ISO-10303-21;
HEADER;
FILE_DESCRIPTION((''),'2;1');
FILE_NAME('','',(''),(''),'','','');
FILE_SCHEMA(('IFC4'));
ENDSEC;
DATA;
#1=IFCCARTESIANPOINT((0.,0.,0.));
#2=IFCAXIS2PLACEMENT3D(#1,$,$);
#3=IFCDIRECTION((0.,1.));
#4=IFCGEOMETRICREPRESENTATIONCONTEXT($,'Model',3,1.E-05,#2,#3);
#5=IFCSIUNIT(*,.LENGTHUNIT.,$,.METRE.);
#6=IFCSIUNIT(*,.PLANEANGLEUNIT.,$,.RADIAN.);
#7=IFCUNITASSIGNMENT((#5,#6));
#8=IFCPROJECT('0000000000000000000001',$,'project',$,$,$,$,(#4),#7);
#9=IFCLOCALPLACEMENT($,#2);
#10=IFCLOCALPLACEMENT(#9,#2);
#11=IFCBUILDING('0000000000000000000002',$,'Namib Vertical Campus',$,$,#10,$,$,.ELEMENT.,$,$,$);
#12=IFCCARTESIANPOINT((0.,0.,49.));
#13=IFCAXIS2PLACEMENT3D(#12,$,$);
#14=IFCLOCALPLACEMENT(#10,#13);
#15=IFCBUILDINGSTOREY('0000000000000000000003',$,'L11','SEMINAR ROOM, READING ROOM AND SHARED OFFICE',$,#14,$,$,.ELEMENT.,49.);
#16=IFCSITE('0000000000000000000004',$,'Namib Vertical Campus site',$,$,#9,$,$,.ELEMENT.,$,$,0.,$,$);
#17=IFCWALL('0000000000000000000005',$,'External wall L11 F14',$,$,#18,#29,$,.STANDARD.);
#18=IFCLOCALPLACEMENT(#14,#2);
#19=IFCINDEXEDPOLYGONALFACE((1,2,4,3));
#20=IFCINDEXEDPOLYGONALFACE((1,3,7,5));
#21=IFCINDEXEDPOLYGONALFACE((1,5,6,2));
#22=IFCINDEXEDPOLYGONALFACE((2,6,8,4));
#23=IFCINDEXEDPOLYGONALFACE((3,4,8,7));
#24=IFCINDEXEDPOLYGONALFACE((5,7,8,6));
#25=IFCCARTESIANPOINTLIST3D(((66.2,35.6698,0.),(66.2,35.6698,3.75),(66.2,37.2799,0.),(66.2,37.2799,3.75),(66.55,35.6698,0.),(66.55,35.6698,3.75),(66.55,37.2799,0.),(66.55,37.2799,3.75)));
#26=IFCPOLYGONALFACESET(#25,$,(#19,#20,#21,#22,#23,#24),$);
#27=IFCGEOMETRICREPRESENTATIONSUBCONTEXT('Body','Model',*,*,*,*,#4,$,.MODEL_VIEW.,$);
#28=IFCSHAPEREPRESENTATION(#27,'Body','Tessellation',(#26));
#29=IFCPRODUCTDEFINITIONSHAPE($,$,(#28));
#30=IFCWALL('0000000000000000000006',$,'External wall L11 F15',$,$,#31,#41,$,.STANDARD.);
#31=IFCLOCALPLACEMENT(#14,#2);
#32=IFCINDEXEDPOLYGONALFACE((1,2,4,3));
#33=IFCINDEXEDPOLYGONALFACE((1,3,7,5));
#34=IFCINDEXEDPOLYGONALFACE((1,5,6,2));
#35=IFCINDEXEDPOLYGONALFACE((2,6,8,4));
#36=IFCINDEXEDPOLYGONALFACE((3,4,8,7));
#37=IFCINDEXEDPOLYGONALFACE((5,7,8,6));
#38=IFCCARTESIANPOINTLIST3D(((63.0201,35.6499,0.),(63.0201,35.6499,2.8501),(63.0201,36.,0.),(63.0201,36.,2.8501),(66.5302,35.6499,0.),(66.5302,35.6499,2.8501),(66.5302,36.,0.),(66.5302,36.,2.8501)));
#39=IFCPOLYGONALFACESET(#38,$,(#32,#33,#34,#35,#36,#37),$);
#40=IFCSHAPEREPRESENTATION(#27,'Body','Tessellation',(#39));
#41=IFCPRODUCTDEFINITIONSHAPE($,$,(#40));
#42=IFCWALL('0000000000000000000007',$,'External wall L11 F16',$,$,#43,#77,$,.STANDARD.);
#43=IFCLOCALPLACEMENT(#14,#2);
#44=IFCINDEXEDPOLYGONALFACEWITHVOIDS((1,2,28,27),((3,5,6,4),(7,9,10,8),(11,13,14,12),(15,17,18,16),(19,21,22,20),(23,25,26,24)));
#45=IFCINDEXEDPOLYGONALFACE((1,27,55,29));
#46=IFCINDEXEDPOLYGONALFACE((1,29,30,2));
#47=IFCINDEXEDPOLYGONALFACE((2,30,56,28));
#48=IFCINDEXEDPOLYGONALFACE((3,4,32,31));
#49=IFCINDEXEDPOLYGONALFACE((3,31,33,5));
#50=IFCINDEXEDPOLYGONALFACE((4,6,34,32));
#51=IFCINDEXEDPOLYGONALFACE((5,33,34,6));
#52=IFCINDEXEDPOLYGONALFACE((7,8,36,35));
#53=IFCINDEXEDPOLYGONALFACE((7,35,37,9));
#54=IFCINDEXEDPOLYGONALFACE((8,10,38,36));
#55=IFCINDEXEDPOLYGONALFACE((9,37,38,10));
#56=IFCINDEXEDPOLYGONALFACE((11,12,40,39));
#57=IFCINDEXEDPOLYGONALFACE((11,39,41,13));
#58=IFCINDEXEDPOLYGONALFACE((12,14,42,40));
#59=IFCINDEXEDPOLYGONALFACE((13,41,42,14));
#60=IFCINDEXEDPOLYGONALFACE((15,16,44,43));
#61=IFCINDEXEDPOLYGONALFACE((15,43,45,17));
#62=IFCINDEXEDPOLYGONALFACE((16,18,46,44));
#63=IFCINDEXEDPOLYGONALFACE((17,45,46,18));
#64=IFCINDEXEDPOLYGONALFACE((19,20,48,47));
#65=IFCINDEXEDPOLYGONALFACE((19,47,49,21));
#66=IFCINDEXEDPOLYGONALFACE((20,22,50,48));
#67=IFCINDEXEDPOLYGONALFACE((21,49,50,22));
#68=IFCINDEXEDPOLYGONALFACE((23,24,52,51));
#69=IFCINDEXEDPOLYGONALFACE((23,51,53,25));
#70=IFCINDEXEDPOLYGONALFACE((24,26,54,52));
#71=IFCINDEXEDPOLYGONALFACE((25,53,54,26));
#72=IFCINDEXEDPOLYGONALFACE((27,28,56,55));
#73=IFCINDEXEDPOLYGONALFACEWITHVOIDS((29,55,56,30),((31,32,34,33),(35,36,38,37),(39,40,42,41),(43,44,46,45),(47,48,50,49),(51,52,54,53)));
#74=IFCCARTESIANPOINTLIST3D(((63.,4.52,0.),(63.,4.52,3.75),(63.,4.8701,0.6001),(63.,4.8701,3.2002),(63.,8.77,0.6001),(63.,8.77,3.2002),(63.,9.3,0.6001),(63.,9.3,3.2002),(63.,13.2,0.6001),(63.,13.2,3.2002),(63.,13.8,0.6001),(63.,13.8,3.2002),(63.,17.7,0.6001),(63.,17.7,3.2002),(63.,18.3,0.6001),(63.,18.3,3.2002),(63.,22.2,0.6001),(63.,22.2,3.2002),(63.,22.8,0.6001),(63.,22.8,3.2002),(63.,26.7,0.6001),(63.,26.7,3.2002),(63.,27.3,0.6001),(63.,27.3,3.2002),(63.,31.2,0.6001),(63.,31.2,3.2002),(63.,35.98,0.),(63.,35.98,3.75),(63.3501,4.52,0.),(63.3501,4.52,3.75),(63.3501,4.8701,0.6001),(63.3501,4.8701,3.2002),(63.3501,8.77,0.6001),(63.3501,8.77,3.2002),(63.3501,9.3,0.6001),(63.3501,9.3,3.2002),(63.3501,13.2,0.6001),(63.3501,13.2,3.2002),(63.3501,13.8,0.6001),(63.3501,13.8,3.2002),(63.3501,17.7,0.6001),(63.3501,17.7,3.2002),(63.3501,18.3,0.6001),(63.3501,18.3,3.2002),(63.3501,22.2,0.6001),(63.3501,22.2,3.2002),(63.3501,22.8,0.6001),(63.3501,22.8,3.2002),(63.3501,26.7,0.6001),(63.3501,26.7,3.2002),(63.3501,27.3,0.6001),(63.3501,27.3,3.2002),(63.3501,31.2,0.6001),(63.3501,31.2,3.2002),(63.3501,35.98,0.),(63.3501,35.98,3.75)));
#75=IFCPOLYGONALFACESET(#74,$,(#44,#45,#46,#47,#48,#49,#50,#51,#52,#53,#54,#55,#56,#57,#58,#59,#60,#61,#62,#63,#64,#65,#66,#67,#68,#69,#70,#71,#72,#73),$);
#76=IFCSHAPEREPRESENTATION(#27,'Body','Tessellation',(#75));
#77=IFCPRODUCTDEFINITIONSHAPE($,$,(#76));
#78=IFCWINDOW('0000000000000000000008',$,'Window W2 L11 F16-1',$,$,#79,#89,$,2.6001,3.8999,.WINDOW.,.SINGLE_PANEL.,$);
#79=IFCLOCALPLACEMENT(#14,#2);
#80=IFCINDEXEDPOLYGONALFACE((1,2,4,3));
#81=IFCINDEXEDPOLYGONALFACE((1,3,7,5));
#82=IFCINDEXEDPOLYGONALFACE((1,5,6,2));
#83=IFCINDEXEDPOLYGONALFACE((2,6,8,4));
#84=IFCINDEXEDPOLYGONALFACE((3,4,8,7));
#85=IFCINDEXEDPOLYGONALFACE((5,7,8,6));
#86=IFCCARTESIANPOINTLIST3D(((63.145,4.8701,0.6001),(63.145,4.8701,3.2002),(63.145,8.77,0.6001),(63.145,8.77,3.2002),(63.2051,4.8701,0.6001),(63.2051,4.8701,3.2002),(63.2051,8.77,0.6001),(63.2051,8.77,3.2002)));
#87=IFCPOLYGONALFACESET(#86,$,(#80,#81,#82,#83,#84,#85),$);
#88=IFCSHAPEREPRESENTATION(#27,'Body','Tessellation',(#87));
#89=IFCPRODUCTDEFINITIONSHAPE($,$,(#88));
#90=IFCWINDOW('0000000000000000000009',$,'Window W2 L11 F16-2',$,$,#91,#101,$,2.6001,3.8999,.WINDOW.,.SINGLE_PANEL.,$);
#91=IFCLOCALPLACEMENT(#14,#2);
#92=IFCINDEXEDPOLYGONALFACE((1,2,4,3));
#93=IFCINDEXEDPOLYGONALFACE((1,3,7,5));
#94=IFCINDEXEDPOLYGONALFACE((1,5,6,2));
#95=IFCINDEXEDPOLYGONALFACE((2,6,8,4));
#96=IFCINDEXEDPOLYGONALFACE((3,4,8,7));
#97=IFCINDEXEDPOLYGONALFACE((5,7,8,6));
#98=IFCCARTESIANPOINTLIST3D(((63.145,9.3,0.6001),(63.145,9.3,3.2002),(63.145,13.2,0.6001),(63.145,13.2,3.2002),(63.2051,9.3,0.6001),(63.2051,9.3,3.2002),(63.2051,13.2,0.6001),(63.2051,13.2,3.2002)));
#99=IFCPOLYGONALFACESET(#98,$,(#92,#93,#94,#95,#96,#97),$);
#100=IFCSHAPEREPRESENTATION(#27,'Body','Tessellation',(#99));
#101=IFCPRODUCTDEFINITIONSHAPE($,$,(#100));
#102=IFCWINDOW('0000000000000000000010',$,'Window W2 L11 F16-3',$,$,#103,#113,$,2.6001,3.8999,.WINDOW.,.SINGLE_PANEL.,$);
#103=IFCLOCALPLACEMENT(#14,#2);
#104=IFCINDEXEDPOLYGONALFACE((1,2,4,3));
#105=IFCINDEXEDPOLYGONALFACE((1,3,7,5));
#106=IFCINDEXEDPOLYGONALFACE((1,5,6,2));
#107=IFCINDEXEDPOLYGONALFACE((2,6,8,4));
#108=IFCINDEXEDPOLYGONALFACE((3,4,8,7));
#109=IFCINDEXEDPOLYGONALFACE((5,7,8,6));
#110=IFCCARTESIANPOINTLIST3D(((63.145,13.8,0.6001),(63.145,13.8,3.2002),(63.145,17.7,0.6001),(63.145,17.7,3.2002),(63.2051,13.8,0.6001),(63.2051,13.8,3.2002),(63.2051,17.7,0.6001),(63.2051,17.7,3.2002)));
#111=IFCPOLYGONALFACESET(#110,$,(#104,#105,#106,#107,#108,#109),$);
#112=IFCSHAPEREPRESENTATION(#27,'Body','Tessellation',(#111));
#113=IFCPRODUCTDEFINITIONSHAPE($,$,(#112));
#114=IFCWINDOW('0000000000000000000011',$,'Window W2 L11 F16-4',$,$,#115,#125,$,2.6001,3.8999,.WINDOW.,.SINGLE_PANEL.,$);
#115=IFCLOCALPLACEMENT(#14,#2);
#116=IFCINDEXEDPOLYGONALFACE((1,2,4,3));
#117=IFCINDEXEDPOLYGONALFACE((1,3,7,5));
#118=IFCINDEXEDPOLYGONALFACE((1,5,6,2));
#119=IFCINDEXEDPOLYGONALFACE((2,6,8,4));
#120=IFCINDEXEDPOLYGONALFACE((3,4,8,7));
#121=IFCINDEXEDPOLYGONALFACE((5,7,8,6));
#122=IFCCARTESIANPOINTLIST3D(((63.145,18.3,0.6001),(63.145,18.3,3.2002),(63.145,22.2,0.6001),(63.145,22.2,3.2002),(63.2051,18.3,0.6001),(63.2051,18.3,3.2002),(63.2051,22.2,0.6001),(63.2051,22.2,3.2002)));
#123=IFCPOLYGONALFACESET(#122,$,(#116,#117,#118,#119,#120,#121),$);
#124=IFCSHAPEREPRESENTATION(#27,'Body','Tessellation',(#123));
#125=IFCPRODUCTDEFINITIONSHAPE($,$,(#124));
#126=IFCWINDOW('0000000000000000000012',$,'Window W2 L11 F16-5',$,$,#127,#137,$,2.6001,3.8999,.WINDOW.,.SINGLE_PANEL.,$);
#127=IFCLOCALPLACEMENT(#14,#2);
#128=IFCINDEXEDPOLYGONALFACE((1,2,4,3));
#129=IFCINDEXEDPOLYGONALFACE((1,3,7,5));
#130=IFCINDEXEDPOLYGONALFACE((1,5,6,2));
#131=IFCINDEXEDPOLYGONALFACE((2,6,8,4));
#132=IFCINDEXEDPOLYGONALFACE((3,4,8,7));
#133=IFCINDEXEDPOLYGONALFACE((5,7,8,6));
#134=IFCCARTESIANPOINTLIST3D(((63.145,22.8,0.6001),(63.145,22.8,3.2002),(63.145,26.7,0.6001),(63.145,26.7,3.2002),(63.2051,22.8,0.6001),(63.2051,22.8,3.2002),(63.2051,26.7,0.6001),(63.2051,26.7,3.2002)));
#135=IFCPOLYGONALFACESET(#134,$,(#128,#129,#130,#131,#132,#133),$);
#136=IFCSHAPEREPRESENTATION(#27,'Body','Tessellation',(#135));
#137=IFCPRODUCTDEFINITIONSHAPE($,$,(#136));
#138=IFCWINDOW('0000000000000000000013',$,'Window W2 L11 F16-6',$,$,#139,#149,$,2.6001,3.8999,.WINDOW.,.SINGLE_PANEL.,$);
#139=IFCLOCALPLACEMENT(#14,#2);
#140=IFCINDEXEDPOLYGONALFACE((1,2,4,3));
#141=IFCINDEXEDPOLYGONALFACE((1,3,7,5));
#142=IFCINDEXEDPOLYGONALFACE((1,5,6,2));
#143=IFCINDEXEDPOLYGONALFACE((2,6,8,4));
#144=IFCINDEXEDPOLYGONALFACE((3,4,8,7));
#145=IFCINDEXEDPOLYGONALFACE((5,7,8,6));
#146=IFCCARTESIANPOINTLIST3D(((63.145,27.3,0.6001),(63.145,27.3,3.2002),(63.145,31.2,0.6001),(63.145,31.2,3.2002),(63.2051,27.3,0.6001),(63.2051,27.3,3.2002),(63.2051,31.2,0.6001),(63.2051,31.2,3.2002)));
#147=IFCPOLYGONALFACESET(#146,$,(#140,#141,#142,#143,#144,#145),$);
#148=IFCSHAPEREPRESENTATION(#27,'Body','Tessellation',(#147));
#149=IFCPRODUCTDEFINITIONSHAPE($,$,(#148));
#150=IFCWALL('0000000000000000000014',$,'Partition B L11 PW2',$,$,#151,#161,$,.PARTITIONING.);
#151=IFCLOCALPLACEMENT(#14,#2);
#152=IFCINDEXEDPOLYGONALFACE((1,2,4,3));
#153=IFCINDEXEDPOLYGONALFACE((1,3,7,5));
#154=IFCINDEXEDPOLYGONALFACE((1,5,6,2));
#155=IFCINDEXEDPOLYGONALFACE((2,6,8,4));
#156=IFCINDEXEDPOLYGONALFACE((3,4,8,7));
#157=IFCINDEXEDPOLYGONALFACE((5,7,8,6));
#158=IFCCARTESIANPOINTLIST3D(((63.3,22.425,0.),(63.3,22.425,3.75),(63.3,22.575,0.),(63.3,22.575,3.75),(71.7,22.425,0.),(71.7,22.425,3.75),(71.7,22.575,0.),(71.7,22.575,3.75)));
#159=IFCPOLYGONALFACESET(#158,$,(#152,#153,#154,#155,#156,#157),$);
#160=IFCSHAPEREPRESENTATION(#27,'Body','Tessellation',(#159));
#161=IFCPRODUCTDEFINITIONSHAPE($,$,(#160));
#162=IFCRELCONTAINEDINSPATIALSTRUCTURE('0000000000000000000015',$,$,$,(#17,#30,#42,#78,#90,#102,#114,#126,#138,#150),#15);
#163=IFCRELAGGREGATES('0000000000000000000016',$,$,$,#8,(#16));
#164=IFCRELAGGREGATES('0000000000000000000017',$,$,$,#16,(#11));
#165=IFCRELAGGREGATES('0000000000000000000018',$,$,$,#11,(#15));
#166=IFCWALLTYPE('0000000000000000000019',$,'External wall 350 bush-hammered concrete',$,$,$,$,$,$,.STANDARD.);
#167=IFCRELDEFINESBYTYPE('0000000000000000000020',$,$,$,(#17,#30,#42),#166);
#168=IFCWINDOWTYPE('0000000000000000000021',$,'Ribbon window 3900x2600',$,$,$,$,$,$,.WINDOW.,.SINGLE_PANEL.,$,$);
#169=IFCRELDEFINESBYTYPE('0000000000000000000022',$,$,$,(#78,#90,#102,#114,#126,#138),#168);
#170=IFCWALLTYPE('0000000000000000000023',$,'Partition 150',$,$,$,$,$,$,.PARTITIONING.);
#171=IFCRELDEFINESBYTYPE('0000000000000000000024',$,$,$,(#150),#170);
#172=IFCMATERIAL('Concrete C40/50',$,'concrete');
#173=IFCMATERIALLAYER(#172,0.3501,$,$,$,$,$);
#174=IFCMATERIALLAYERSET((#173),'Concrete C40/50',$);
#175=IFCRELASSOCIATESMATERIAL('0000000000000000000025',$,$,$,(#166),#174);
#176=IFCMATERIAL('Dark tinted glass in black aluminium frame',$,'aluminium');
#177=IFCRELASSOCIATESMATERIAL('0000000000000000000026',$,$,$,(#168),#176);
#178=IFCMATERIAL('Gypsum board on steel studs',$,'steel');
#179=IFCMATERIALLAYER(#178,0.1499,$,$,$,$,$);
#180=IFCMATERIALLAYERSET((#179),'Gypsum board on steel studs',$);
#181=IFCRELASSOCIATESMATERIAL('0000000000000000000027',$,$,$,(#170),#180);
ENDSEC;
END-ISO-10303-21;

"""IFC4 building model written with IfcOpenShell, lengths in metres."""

from ifc_helpers import new_model, si_unit, direction, frame, frame_2d, origin, place, context, subcontext, project, spatial, rectangle, extrude, material, layer, layer_set, type_object, element, fill, save


model = new_model("IFC4")

# Units and contexts
model_context = context("Model", 3, precision=1e-05, world=origin(), true_north=direction((0.0, 1.0)))
body_context = subcontext(model_context, "Body", "Model", "MODEL_VIEW")
ifc_project = project(units=[si_unit("LENGTHUNIT", "METRE"), si_unit("PLANEANGLEUNIT", "RADIAN")], contexts=[model_context])

# Site, building, storey
site_placement = place(None, origin())
site = spatial("IfcSite", under=ifc_project, at=site_placement, Name="Namib Vertical Campus site", CompositionType="ELEMENT", RefElevation=0.0)
building_placement = place(site_placement, origin())
building = spatial("IfcBuilding", under=site, at=building_placement, Name="Namib Vertical Campus", CompositionType="ELEMENT")
storey_placement = place(building_placement, frame((0.0, 0.0, 49.0)))
storey = spatial("IfcBuildingStorey", under=building, at=storey_placement, Name="L11", Description="SEMINAR ROOM, READING ROOM AND SHARED OFFICE", CompositionType="ELEMENT", Elevation=49.0)

# Walls
ifc_material_1 = material(Name="Concrete C40/50", Category="concrete")
ifc_layer_1 = layer(ifc_material_1, 0.3501)
ifc_layer_set_1 = layer_set([ifc_layer_1], Name="Concrete C40/50")
wall_type_1 = type_object("IfcWallType", Name="External wall 350 bush-hammered concrete", PredefinedType="STANDARD", material=ifc_layer_set_1)
wall_1_placement = place(storey_placement, frame((66.375, 37.28, 0.0), z_axis=(0.0, 0.0, 1.0), x_axis=(0.0, -1.0, 0.0)))
element("IfcWall", 1, at=wall_1_placement, inside=storey, type_object=wall_type_1, Name="External wall L11 F14", PredefinedType="STANDARD", context=body_context, shape_type="SweptSolid", body=[
    extrude(rectangle(XDim=1.6101, YDim=0.3501, at=frame_2d((0.8052, 0.0))), origin(), (0.0, 0.0, 1.0), 3.75),
])
wall_2_placement = place(storey_placement, frame((66.53, 35.825, 0.0), z_axis=(0.0, 0.0, 1.0), x_axis=(-1.0, 0.0, 0.0)))
element("IfcWall", 2, at=wall_2_placement, inside=storey, type_object=wall_type_1, Name="External wall L11 F15", PredefinedType="STANDARD", context=body_context, shape_type="SweptSolid", body=[
    extrude(rectangle(XDim=3.51, YDim=0.3501, at=frame_2d((1.7549, 0.0))), origin(), (0.0, 0.0, 1.0), 2.8501),
])

# Wall, openings, windows
wall_3_placement = place(storey_placement, frame((63.175, 35.98, 0.0), z_axis=(0.0, 0.0, 1.0), x_axis=(0.0, -1.0, 0.0)))
wall_3 = element("IfcWall", 3, at=wall_3_placement, inside=storey, type_object=wall_type_1, Name="External wall L11 F16", PredefinedType="STANDARD", context=body_context, shape_type="SweptSolid", body=[
    extrude(rectangle(XDim=31.46, YDim=0.3501, at=frame_2d((15.73, 0.0))), origin(), (0.0, 0.0, 1.0), 3.75),
])
opening_1_placement = place(wall_3_placement, frame((27.21, 0.0, 0.6001)))
opening_1 = element("IfcOpeningElement", 4, at=opening_1_placement, cuts=wall_3, PredefinedType="OPENING", context=body_context, shape_type="SweptSolid", body=[
    extrude(rectangle(XDim=3.8999, YDim=2.6001, at=frame_2d((1.95, 1.3))), frame((0.0, 0.1851, 0.0), z_axis=(0.0, -1.0, 0.0), x_axis=(1.0, 0.0, 0.0)), (0.0, 0.0, 1.0), 0.3701),
])
opening_2_placement = place(wall_3_placement, frame((22.78, 0.0, 0.6001)))
opening_2 = element("IfcOpeningElement", 5, at=opening_2_placement, cuts=wall_3, PredefinedType="OPENING", context=body_context, shape_type="SweptSolid", body=[
    extrude(rectangle(XDim=3.8999, YDim=2.6001, at=frame_2d((1.95, 1.3))), frame((0.0, 0.1851, 0.0), z_axis=(0.0, -1.0, 0.0), x_axis=(1.0, 0.0, 0.0)), (0.0, 0.0, 1.0), 0.3701),
])
opening_3_placement = place(wall_3_placement, frame((18.28, 0.0, 0.6001)))
opening_3 = element("IfcOpeningElement", 6, at=opening_3_placement, cuts=wall_3, PredefinedType="OPENING", context=body_context, shape_type="SweptSolid", body=[
    extrude(rectangle(XDim=3.8999, YDim=2.6001, at=frame_2d((1.95, 1.3))), frame((0.0, 0.1851, 0.0), z_axis=(0.0, -1.0, 0.0), x_axis=(1.0, 0.0, 0.0)), (0.0, 0.0, 1.0), 0.3701),
])
opening_4_placement = place(wall_3_placement, frame((13.78, 0.0, 0.6001)))
opening_4 = element("IfcOpeningElement", 7, at=opening_4_placement, cuts=wall_3, PredefinedType="OPENING", context=body_context, shape_type="SweptSolid", body=[
    extrude(rectangle(XDim=3.8999, YDim=2.6001, at=frame_2d((1.95, 1.3))), frame((0.0, 0.1851, 0.0), z_axis=(0.0, -1.0, 0.0), x_axis=(1.0, 0.0, 0.0)), (0.0, 0.0, 1.0), 0.3701),
])
opening_5_placement = place(wall_3_placement, frame((9.28, 0.0, 0.6001)))
opening_5 = element("IfcOpeningElement", 8, at=opening_5_placement, cuts=wall_3, PredefinedType="OPENING", context=body_context, shape_type="SweptSolid", body=[
    extrude(rectangle(XDim=3.8999, YDim=2.6001, at=frame_2d((1.95, 1.3))), frame((0.0, 0.1851, 0.0), z_axis=(0.0, -1.0, 0.0), x_axis=(1.0, 0.0, 0.0)), (0.0, 0.0, 1.0), 0.3701),
])
opening_6_placement = place(wall_3_placement, frame((4.78, 0.0, 0.6001)))
opening_6 = element("IfcOpeningElement", 9, at=opening_6_placement, cuts=wall_3, PredefinedType="OPENING", context=body_context, shape_type="SweptSolid", body=[
    extrude(rectangle(XDim=3.8999, YDim=2.6001, at=frame_2d((1.95, 1.3))), frame((0.0, 0.1851, 0.0), z_axis=(0.0, -1.0, 0.0), x_axis=(1.0, 0.0, 0.0)), (0.0, 0.0, 1.0), 0.3701),
])
ifc_material_2 = material(Name="Dark tinted glass in black aluminium frame", Category="aluminium")
window_type = type_object("IfcWindowType", Name="Ribbon window 3900x2600", PartitioningType="SINGLE_PANEL", PredefinedType="WINDOW", material=ifc_material_2)
window_1_placement = place(opening_1_placement, origin())
window_1 = element("IfcWindow", 10, at=window_1_placement, inside=storey, type_object=window_type, Name="Window W2 L11 F16-1", OverallHeight=2.6001, OverallWidth=3.8999, PartitioningType="SINGLE_PANEL", PredefinedType="WINDOW", context=body_context, shape_type="SweptSolid", body=[
    extrude(rectangle(XDim=3.8999, YDim=2.6001, at=frame_2d((1.95, 1.3))), frame((0.0, 0.03, 0.0), z_axis=(0.0, -1.0, 0.0), x_axis=(1.0, 0.0, 0.0)), (0.0, 0.0, 1.0), 0.0601),
])
fill(opening_1, window_1)
window_2_placement = place(opening_2_placement, origin())
window_2 = element("IfcWindow", 11, at=window_2_placement, inside=storey, type_object=window_type, Name="Window W2 L11 F16-2", OverallHeight=2.6001, OverallWidth=3.8999, PartitioningType="SINGLE_PANEL", PredefinedType="WINDOW", context=body_context, shape_type="SweptSolid", body=[
    extrude(rectangle(XDim=3.8999, YDim=2.6001, at=frame_2d((1.95, 1.3))), frame((0.0, 0.03, 0.0), z_axis=(0.0, -1.0, 0.0), x_axis=(1.0, 0.0, 0.0)), (0.0, 0.0, 1.0), 0.0601),
])
fill(opening_2, window_2)
window_3_placement = place(opening_3_placement, origin())
window_3 = element("IfcWindow", 12, at=window_3_placement, inside=storey, type_object=window_type, Name="Window W2 L11 F16-3", OverallHeight=2.6001, OverallWidth=3.8999, PartitioningType="SINGLE_PANEL", PredefinedType="WINDOW", context=body_context, shape_type="SweptSolid", body=[
    extrude(rectangle(XDim=3.8999, YDim=2.6001, at=frame_2d((1.95, 1.3))), frame((0.0, 0.03, 0.0), z_axis=(0.0, -1.0, 0.0), x_axis=(1.0, 0.0, 0.0)), (0.0, 0.0, 1.0), 0.0601),
])
fill(opening_3, window_3)
window_4_placement = place(opening_4_placement, origin())
window_4 = element("IfcWindow", 13, at=window_4_placement, inside=storey, type_object=window_type, Name="Window W2 L11 F16-4", OverallHeight=2.6001, OverallWidth=3.8999, PartitioningType="SINGLE_PANEL", PredefinedType="WINDOW", context=body_context, shape_type="SweptSolid", body=[
    extrude(rectangle(XDim=3.8999, YDim=2.6001, at=frame_2d((1.95, 1.3))), frame((0.0, 0.03, 0.0), z_axis=(0.0, -1.0, 0.0), x_axis=(1.0, 0.0, 0.0)), (0.0, 0.0, 1.0), 0.0601),
])
fill(opening_4, window_4)
window_5_placement = place(opening_5_placement, origin())
window_5 = element("IfcWindow", 14, at=window_5_placement, inside=storey, type_object=window_type, Name="Window W2 L11 F16-5", OverallHeight=2.6001, OverallWidth=3.8999, PartitioningType="SINGLE_PANEL", PredefinedType="WINDOW", context=body_context, shape_type="SweptSolid", body=[
    extrude(rectangle(XDim=3.8999, YDim=2.6001, at=frame_2d((1.95, 1.3))), frame((0.0, 0.03, 0.0), z_axis=(0.0, -1.0, 0.0), x_axis=(1.0, 0.0, 0.0)), (0.0, 0.0, 1.0), 0.0601),
])
fill(opening_5, window_5)
window_6_placement = place(opening_6_placement, origin())
window_6 = element("IfcWindow", 15, at=window_6_placement, inside=storey, type_object=window_type, Name="Window W2 L11 F16-6", OverallHeight=2.6001, OverallWidth=3.8999, PartitioningType="SINGLE_PANEL", PredefinedType="WINDOW", context=body_context, shape_type="SweptSolid", body=[
    extrude(rectangle(XDim=3.8999, YDim=2.6001, at=frame_2d((1.95, 1.3))), frame((0.0, 0.03, 0.0), z_axis=(0.0, -1.0, 0.0), x_axis=(1.0, 0.0, 0.0)), (0.0, 0.0, 1.0), 0.0601),
])
fill(opening_6, window_6)

# Wall
ifc_material_3 = material(Name="Gypsum board on steel studs", Category="steel")
ifc_layer_2 = layer(ifc_material_3, 0.1499)
ifc_layer_set_2 = layer_set([ifc_layer_2], Name="Gypsum board on steel studs")
wall_type_2 = type_object("IfcWallType", Name="Partition 150", PredefinedType="PARTITIONING", material=ifc_layer_set_2)
wall_4_placement = place(storey_placement, frame((63.3, 22.5, 0.0), z_axis=(0.0, 0.0, 1.0), x_axis=(1.0, 0.0, 0.0)))
element("IfcWall", 16, at=wall_4_placement, inside=storey, type_object=wall_type_2, Name="Partition B L11 PW2", PredefinedType="PARTITIONING", context=body_context, shape_type="SweptSolid", body=[
    extrude(rectangle(XDim=8.3999, YDim=0.1499, at=frame_2d((4.2, 0.0))), origin(), (0.0, 0.0, 1.0), 3.75),
])

save(model, "model.ifc")
